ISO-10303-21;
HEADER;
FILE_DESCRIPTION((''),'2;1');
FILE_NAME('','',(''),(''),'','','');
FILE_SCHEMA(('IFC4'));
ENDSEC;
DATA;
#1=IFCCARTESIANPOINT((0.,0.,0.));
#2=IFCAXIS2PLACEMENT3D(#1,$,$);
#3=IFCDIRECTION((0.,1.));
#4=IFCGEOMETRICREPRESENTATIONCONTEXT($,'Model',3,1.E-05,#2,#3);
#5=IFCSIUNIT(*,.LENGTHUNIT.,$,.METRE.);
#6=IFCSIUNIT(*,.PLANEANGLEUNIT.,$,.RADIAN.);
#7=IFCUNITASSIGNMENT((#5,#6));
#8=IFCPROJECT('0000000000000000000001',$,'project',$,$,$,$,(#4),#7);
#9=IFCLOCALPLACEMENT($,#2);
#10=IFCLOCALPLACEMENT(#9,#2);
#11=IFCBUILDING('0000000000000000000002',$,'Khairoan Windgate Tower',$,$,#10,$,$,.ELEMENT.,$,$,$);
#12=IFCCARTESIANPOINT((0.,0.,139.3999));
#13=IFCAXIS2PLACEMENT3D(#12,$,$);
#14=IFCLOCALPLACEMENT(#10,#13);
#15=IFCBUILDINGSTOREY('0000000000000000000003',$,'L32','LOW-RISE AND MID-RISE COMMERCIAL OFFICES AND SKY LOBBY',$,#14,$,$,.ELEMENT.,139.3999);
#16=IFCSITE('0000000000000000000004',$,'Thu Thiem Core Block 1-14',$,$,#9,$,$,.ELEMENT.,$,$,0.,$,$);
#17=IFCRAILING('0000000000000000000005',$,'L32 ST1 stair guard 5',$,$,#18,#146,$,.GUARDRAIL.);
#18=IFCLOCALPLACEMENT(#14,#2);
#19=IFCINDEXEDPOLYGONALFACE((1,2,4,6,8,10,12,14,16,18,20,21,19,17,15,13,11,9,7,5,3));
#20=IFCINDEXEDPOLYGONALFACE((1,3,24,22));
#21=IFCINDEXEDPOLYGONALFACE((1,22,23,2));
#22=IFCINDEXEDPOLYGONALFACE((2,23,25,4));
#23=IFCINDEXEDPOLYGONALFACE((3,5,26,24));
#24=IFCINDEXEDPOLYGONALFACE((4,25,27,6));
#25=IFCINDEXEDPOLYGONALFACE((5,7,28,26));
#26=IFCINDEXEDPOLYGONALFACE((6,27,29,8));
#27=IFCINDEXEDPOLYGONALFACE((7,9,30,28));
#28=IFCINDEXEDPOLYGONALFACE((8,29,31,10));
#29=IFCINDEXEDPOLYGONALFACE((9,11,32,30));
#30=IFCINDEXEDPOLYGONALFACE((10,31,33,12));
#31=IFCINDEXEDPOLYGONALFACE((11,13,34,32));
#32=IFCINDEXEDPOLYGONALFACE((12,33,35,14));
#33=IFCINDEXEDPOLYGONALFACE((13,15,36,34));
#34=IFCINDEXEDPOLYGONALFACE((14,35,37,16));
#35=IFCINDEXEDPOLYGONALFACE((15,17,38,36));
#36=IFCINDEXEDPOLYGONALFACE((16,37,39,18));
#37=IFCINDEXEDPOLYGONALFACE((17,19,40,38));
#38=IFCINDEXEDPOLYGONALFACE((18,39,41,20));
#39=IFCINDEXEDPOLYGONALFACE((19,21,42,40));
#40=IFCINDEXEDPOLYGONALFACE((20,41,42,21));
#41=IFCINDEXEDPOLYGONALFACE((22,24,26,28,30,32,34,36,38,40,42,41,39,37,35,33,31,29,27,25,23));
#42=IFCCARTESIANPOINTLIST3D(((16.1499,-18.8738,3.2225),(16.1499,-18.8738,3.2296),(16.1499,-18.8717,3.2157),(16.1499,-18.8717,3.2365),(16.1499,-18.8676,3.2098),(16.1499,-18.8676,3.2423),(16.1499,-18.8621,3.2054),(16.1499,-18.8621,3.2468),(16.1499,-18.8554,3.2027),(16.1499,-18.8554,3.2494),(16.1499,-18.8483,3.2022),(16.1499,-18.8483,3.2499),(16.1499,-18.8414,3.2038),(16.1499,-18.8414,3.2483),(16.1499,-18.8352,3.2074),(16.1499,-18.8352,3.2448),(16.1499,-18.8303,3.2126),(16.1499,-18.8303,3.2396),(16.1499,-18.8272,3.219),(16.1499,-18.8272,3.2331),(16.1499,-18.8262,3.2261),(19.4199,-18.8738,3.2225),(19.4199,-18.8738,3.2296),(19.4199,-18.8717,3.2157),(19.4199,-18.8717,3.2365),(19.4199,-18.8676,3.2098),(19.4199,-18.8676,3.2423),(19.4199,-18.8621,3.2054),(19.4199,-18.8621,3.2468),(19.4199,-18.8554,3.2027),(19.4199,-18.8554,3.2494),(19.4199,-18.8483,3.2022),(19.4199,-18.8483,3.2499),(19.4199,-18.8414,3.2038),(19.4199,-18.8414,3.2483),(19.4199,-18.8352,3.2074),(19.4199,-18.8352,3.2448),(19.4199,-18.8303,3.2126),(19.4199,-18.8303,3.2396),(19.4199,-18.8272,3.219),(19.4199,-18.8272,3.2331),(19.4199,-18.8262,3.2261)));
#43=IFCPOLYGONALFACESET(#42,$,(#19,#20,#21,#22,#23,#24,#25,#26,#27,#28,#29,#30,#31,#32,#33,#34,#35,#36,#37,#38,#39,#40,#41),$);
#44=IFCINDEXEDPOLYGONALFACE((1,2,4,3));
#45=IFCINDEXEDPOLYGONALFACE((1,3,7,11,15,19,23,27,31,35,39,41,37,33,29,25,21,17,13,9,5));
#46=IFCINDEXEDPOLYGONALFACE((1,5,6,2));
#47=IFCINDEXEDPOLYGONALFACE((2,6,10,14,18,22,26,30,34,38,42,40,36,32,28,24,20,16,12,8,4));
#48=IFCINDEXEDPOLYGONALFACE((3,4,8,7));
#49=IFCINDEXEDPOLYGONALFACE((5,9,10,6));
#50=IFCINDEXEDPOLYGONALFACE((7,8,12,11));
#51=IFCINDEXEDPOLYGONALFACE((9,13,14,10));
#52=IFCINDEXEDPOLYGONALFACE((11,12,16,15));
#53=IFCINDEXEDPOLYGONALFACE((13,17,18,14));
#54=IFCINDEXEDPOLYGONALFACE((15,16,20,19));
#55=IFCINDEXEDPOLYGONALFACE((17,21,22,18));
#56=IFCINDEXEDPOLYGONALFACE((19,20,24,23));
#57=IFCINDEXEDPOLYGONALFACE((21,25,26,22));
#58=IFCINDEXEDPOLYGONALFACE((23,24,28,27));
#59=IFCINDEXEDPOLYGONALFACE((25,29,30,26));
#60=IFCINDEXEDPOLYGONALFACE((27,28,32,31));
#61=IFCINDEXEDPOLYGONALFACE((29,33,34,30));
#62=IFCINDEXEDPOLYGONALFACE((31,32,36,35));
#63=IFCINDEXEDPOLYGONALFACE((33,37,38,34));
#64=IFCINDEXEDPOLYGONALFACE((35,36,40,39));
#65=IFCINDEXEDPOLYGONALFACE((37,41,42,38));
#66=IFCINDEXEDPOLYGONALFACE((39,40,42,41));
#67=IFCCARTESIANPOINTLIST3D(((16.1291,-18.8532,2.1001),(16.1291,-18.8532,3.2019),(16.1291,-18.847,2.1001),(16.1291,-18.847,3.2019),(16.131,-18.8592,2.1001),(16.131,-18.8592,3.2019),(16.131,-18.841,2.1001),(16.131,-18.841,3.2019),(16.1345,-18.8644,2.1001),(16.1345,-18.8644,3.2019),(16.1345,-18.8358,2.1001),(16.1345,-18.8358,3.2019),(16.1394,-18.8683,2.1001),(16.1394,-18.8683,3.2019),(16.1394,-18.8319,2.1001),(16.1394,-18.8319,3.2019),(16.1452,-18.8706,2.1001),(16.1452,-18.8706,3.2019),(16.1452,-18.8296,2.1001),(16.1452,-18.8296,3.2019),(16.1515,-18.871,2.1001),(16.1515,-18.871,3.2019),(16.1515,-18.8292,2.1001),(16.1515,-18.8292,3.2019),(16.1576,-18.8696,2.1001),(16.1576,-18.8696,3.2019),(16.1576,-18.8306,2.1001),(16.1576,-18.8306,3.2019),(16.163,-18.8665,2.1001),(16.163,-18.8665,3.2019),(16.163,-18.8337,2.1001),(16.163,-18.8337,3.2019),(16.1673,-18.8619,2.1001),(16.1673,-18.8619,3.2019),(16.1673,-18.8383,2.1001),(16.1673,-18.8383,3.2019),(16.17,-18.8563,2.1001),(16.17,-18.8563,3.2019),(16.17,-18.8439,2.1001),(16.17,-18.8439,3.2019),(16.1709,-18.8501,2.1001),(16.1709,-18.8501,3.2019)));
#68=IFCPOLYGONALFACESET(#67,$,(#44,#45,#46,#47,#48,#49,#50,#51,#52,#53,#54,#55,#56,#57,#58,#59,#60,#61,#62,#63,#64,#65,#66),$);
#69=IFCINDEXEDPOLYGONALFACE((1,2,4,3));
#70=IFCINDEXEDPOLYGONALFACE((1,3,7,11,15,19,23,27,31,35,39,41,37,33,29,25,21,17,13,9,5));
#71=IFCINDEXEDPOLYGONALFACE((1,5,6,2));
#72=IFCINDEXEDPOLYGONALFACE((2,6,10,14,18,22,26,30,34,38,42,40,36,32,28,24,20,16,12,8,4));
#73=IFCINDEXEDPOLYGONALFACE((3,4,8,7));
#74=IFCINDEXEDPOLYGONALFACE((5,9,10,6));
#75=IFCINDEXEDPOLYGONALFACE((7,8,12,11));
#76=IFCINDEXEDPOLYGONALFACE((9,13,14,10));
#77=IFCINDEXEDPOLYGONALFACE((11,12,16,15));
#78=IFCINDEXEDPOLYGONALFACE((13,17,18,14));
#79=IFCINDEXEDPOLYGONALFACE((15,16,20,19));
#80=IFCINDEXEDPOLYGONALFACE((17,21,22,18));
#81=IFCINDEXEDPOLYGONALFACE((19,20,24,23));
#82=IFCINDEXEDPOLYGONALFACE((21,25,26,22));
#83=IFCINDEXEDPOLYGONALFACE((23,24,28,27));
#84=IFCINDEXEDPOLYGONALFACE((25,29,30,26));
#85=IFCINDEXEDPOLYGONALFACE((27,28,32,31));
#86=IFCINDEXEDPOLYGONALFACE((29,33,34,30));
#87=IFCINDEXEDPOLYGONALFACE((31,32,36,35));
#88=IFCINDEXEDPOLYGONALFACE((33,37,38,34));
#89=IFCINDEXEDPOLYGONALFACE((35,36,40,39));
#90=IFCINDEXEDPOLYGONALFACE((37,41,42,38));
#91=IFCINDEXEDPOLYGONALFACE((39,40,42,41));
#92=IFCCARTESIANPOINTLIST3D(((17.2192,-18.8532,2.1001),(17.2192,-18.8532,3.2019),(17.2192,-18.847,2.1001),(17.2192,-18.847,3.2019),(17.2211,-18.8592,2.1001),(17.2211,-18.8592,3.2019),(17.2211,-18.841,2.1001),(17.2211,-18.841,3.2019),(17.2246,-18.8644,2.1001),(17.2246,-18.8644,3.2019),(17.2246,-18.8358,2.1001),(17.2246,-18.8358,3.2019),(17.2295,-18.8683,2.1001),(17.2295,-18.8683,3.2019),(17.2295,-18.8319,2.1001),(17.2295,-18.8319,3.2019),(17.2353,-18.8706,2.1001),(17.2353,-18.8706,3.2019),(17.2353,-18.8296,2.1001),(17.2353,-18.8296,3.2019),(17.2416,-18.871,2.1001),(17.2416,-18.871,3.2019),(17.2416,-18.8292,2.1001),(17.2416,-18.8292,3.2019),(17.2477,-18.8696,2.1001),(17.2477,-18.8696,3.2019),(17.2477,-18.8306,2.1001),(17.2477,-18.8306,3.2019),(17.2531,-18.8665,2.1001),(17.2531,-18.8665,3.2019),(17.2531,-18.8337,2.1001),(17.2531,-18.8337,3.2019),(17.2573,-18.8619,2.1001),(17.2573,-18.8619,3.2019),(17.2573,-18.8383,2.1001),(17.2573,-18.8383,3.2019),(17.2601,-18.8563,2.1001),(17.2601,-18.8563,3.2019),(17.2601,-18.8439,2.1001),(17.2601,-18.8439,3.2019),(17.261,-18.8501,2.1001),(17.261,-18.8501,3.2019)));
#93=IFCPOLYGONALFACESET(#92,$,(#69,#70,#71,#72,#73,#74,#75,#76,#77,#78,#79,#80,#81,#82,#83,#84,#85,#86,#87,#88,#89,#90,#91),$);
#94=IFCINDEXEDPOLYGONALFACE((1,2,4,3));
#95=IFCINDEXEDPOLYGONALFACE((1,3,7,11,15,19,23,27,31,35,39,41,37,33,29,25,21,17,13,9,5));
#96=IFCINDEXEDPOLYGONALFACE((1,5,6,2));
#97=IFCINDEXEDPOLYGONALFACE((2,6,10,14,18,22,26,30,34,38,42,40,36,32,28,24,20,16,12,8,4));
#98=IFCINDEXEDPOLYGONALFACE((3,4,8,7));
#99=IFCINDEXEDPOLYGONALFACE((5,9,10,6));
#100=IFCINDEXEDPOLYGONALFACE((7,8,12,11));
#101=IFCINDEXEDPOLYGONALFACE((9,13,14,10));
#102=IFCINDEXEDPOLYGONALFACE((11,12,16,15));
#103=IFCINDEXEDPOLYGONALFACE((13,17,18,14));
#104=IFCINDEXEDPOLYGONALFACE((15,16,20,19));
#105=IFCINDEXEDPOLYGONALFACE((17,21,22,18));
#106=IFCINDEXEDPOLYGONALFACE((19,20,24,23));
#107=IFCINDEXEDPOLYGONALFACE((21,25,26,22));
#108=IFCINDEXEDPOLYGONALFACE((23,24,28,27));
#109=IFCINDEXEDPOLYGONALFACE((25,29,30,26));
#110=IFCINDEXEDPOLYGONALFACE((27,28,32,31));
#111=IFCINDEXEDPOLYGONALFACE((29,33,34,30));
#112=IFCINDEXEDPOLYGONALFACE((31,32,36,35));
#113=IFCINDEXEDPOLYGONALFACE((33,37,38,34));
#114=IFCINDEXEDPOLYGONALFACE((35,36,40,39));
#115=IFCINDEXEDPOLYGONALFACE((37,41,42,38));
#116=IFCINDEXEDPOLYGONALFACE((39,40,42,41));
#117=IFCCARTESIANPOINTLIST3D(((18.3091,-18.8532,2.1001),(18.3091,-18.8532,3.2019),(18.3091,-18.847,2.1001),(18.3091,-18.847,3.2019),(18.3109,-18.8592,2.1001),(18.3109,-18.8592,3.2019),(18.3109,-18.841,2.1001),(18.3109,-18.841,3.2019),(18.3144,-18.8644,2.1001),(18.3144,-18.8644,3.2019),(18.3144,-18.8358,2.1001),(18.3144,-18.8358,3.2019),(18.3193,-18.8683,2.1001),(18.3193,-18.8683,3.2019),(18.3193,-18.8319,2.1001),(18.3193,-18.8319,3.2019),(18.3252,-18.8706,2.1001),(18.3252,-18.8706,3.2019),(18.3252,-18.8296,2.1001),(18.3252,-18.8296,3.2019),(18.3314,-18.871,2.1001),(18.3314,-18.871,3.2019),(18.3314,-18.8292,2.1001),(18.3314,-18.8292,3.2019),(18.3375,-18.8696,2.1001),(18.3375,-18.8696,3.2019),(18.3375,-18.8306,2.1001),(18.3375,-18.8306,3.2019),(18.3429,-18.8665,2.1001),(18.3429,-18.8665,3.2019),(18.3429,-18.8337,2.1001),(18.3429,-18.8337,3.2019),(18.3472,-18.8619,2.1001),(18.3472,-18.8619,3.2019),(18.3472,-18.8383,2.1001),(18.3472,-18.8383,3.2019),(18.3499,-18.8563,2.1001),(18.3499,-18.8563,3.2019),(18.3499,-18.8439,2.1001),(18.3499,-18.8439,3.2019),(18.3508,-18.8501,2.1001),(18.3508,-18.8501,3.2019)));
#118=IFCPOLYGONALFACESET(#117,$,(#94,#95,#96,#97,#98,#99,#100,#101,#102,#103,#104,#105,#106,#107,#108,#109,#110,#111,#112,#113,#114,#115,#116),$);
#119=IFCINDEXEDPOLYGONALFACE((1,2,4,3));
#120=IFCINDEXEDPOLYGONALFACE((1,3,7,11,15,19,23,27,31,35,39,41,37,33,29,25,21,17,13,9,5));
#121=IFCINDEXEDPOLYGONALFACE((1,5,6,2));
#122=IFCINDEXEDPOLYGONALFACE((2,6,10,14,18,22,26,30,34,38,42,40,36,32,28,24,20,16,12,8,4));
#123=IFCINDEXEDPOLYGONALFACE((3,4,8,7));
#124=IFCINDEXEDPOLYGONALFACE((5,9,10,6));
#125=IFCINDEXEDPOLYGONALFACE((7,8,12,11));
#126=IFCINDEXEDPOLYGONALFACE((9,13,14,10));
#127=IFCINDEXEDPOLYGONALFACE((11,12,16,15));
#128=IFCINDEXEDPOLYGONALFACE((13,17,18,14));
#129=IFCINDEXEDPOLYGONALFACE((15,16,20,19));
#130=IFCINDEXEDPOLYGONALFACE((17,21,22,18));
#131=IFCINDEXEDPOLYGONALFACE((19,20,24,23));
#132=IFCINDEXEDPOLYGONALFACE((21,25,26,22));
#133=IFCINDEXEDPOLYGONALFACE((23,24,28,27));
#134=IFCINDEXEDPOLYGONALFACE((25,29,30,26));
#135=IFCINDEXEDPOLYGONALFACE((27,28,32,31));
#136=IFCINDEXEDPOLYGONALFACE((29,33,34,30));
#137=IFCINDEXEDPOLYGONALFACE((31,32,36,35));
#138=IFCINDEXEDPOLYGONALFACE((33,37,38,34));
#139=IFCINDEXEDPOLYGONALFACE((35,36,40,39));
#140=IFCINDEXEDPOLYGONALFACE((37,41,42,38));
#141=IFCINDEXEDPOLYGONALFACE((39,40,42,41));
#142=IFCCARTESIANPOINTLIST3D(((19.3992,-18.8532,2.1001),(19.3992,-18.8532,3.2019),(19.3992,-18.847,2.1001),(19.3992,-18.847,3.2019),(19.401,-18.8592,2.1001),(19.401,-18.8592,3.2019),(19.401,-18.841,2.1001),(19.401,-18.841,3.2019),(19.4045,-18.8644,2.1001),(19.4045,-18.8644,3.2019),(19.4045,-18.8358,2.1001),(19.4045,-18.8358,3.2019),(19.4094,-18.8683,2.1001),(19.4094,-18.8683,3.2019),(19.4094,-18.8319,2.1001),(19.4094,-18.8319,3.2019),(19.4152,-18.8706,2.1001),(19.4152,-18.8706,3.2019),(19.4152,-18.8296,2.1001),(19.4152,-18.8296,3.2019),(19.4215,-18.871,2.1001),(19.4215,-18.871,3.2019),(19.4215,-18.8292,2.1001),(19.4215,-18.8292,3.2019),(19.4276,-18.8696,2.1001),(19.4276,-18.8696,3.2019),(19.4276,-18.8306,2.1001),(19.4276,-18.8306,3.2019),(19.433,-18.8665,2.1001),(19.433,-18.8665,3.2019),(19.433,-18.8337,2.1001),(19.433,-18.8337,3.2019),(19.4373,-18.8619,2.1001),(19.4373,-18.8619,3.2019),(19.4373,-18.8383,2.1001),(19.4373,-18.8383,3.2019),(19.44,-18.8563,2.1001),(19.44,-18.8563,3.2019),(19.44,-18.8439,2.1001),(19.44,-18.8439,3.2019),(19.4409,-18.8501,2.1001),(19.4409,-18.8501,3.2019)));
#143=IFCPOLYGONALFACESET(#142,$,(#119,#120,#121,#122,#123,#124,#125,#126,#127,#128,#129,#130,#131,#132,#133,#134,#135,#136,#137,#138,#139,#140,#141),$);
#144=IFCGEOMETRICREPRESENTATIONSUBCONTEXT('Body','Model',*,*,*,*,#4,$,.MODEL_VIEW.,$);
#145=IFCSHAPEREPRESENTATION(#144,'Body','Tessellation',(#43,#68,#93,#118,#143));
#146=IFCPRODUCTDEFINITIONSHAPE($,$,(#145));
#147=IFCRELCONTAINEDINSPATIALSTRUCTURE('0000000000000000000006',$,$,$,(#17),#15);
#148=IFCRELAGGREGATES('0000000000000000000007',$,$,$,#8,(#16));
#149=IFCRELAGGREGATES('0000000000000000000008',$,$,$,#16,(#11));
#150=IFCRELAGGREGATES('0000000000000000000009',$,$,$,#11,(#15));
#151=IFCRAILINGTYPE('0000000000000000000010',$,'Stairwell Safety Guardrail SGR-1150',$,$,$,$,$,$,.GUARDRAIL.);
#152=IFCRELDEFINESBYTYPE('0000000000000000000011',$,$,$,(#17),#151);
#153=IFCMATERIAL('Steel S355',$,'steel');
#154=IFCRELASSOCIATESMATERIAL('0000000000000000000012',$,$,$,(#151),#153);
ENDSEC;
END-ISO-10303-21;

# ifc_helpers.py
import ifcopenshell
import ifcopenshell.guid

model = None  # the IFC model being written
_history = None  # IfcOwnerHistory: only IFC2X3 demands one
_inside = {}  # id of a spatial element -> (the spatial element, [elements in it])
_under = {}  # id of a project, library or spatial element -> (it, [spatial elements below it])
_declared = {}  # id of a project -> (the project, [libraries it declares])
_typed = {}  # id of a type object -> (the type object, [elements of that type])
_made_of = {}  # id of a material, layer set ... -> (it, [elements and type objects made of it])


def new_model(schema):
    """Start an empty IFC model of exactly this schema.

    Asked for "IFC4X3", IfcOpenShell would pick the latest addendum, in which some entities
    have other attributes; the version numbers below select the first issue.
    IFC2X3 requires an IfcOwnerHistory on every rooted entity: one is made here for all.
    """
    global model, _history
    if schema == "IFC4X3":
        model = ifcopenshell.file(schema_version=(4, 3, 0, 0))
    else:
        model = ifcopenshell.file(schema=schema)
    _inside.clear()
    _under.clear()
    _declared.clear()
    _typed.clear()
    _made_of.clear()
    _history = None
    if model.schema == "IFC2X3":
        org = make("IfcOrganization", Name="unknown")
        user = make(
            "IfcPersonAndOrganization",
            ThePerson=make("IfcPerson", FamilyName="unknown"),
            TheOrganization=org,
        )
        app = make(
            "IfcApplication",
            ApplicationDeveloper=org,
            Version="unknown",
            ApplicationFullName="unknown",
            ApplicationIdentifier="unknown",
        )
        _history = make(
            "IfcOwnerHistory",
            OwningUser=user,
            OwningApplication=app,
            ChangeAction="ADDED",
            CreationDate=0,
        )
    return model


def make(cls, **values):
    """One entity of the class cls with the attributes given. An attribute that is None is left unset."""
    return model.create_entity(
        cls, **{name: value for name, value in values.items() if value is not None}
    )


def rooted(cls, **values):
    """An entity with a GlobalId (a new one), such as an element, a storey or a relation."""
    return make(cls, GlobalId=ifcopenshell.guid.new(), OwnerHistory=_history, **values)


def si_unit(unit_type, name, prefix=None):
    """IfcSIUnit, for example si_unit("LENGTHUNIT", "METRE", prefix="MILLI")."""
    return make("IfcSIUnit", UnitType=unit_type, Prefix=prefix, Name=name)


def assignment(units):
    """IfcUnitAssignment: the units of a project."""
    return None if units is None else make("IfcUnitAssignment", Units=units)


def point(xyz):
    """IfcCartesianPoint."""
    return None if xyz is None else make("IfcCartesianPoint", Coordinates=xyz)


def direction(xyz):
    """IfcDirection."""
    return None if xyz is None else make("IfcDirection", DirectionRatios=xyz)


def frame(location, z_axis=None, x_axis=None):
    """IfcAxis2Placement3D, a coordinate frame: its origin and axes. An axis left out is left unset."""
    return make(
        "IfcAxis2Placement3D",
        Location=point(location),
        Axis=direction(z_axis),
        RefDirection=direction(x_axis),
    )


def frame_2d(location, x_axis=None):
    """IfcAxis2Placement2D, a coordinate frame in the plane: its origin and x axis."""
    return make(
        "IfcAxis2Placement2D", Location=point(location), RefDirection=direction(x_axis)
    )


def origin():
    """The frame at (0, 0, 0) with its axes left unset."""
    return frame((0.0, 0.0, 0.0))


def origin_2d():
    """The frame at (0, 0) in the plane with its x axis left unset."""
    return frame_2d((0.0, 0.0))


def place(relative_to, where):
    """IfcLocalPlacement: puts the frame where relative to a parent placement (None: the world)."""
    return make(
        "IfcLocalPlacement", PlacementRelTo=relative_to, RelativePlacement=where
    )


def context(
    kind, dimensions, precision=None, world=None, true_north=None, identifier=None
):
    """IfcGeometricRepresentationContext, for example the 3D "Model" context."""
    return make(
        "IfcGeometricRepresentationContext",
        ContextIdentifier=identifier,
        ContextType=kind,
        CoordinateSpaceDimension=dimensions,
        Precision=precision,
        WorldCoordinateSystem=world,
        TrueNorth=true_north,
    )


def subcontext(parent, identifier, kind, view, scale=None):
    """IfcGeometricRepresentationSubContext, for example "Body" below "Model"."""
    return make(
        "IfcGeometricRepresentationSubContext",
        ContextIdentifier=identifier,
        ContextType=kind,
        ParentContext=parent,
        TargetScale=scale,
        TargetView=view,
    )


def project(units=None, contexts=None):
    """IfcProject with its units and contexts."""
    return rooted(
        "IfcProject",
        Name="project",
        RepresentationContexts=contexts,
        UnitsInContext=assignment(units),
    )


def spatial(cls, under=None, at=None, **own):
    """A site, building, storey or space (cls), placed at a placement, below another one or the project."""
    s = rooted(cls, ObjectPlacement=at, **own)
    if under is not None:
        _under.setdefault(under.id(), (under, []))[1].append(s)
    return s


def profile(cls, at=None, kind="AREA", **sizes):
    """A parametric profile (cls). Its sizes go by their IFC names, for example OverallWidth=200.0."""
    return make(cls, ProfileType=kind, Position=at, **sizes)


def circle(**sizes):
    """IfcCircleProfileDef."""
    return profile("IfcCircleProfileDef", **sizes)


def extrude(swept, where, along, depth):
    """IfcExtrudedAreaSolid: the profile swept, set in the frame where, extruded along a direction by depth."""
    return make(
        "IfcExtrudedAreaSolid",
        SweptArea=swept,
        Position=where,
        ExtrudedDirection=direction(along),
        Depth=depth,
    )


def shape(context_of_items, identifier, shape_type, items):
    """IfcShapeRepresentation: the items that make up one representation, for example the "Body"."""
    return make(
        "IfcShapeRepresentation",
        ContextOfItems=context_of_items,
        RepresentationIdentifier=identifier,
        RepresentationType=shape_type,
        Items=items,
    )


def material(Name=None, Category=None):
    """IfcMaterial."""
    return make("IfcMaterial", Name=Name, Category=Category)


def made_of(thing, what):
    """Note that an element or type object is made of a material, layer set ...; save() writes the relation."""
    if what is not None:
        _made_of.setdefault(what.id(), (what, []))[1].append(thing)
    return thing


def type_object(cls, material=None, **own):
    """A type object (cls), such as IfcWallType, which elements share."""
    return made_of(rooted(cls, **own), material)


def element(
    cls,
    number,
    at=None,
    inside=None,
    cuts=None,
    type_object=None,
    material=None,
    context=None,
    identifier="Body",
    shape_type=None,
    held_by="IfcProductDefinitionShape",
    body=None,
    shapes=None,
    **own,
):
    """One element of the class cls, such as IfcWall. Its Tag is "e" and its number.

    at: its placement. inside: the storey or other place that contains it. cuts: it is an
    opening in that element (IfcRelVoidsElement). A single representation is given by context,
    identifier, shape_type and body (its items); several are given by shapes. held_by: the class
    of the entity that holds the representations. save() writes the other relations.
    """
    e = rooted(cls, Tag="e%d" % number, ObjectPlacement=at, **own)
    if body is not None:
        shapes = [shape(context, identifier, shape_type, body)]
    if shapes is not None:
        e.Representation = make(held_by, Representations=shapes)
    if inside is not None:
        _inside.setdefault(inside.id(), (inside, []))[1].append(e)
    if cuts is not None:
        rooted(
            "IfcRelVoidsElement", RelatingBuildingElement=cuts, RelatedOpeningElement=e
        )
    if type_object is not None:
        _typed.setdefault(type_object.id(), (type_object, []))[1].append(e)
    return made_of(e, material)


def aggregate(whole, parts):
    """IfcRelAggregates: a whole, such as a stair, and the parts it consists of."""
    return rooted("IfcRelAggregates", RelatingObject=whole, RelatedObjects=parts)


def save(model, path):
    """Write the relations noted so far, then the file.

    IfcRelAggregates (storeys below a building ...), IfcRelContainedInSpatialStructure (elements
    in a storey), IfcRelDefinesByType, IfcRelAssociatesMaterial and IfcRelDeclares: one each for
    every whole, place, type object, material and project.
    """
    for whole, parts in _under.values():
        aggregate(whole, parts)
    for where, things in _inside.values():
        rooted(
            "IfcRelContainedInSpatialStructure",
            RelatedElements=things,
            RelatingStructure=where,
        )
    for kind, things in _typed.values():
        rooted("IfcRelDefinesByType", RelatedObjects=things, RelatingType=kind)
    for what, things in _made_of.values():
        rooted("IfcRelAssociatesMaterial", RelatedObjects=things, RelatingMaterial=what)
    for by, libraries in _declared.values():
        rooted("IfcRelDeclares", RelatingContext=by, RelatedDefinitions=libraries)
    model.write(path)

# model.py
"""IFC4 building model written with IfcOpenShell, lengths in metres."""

from ifc_helpers import new_model, si_unit, direction, frame, origin, origin_2d, place, context, subcontext, project, spatial, circle, extrude, material, type_object, element, save


model = new_model("IFC4")

# Units and contexts
model_context = context("Model", 3, precision=1e-05, world=origin(), true_north=direction((0.0, 1.0)))
body_context = subcontext(model_context, "Body", "Model", "MODEL_VIEW")
ifc_project = project(units=[si_unit("LENGTHUNIT", "METRE"), si_unit("PLANEANGLEUNIT", "RADIAN")], contexts=[model_context])

# Site, building, storey
site_placement = place(None, origin())
site = spatial("IfcSite", under=ifc_project, at=site_placement, Name="Thu Thiem Core Block 1-14", CompositionType="ELEMENT", RefElevation=0.0)
building_placement = place(site_placement, origin())
building = spatial("IfcBuilding", under=site, at=building_placement, Name="Khairoan Windgate Tower", CompositionType="ELEMENT")
storey_placement = place(building_placement, frame((0.0, 0.0, 139.3999)))
storey = spatial("IfcBuildingStorey", under=building, at=storey_placement, Name="L32", Description="LOW-RISE AND MID-RISE COMMERCIAL OFFICES AND SKY LOBBY", CompositionType="ELEMENT", Elevation=139.3999)

# Railing
ifc_material_1 = material(Name="Steel S355", Category="steel")
railing_type = type_object("IfcRailingType", Name="Stairwell Safety Guardrail SGR-1150", PredefinedType="GUARDRAIL", material=ifc_material_1)
railing_1_placement = place(storey_placement, frame((16.1499, -18.8501, 2.1001)))
element("IfcRailing", 1, at=railing_1_placement, inside=storey, type_object=railing_type, Name="L32 ST1 stair guard 5", PredefinedType="GUARDRAIL", context=body_context, shape_type="SweptSolid", body=[
    extrude(circle(Radius=0.0239, at=origin_2d()), frame((0.0, 0.0, 1.126), z_axis=(1.0, 0.0, 0.0), x_axis=(0.0, 1.0, 0.0)), (0.0, 0.0, 1.0), 3.27),
    extrude(circle(Radius=0.021, at=origin_2d()), origin(), (0.0, 0.0, 1.0), 1.1018),
    extrude(circle(Radius=0.021, at=origin_2d()), frame((1.0901, 0.0, 0.0)), (0.0, 0.0, 1.0), 1.1018),
    extrude(circle(Radius=0.021, at=origin_2d()), frame((2.1799, 0.0, 0.0)), (0.0, 0.0, 1.0), 1.1018),
    extrude(circle(Radius=0.021, at=origin_2d()), frame((3.27, 0.0, 0.0)), (0.0, 0.0, 1.0), 1.1018),
])

save(model, "model.ifc")
